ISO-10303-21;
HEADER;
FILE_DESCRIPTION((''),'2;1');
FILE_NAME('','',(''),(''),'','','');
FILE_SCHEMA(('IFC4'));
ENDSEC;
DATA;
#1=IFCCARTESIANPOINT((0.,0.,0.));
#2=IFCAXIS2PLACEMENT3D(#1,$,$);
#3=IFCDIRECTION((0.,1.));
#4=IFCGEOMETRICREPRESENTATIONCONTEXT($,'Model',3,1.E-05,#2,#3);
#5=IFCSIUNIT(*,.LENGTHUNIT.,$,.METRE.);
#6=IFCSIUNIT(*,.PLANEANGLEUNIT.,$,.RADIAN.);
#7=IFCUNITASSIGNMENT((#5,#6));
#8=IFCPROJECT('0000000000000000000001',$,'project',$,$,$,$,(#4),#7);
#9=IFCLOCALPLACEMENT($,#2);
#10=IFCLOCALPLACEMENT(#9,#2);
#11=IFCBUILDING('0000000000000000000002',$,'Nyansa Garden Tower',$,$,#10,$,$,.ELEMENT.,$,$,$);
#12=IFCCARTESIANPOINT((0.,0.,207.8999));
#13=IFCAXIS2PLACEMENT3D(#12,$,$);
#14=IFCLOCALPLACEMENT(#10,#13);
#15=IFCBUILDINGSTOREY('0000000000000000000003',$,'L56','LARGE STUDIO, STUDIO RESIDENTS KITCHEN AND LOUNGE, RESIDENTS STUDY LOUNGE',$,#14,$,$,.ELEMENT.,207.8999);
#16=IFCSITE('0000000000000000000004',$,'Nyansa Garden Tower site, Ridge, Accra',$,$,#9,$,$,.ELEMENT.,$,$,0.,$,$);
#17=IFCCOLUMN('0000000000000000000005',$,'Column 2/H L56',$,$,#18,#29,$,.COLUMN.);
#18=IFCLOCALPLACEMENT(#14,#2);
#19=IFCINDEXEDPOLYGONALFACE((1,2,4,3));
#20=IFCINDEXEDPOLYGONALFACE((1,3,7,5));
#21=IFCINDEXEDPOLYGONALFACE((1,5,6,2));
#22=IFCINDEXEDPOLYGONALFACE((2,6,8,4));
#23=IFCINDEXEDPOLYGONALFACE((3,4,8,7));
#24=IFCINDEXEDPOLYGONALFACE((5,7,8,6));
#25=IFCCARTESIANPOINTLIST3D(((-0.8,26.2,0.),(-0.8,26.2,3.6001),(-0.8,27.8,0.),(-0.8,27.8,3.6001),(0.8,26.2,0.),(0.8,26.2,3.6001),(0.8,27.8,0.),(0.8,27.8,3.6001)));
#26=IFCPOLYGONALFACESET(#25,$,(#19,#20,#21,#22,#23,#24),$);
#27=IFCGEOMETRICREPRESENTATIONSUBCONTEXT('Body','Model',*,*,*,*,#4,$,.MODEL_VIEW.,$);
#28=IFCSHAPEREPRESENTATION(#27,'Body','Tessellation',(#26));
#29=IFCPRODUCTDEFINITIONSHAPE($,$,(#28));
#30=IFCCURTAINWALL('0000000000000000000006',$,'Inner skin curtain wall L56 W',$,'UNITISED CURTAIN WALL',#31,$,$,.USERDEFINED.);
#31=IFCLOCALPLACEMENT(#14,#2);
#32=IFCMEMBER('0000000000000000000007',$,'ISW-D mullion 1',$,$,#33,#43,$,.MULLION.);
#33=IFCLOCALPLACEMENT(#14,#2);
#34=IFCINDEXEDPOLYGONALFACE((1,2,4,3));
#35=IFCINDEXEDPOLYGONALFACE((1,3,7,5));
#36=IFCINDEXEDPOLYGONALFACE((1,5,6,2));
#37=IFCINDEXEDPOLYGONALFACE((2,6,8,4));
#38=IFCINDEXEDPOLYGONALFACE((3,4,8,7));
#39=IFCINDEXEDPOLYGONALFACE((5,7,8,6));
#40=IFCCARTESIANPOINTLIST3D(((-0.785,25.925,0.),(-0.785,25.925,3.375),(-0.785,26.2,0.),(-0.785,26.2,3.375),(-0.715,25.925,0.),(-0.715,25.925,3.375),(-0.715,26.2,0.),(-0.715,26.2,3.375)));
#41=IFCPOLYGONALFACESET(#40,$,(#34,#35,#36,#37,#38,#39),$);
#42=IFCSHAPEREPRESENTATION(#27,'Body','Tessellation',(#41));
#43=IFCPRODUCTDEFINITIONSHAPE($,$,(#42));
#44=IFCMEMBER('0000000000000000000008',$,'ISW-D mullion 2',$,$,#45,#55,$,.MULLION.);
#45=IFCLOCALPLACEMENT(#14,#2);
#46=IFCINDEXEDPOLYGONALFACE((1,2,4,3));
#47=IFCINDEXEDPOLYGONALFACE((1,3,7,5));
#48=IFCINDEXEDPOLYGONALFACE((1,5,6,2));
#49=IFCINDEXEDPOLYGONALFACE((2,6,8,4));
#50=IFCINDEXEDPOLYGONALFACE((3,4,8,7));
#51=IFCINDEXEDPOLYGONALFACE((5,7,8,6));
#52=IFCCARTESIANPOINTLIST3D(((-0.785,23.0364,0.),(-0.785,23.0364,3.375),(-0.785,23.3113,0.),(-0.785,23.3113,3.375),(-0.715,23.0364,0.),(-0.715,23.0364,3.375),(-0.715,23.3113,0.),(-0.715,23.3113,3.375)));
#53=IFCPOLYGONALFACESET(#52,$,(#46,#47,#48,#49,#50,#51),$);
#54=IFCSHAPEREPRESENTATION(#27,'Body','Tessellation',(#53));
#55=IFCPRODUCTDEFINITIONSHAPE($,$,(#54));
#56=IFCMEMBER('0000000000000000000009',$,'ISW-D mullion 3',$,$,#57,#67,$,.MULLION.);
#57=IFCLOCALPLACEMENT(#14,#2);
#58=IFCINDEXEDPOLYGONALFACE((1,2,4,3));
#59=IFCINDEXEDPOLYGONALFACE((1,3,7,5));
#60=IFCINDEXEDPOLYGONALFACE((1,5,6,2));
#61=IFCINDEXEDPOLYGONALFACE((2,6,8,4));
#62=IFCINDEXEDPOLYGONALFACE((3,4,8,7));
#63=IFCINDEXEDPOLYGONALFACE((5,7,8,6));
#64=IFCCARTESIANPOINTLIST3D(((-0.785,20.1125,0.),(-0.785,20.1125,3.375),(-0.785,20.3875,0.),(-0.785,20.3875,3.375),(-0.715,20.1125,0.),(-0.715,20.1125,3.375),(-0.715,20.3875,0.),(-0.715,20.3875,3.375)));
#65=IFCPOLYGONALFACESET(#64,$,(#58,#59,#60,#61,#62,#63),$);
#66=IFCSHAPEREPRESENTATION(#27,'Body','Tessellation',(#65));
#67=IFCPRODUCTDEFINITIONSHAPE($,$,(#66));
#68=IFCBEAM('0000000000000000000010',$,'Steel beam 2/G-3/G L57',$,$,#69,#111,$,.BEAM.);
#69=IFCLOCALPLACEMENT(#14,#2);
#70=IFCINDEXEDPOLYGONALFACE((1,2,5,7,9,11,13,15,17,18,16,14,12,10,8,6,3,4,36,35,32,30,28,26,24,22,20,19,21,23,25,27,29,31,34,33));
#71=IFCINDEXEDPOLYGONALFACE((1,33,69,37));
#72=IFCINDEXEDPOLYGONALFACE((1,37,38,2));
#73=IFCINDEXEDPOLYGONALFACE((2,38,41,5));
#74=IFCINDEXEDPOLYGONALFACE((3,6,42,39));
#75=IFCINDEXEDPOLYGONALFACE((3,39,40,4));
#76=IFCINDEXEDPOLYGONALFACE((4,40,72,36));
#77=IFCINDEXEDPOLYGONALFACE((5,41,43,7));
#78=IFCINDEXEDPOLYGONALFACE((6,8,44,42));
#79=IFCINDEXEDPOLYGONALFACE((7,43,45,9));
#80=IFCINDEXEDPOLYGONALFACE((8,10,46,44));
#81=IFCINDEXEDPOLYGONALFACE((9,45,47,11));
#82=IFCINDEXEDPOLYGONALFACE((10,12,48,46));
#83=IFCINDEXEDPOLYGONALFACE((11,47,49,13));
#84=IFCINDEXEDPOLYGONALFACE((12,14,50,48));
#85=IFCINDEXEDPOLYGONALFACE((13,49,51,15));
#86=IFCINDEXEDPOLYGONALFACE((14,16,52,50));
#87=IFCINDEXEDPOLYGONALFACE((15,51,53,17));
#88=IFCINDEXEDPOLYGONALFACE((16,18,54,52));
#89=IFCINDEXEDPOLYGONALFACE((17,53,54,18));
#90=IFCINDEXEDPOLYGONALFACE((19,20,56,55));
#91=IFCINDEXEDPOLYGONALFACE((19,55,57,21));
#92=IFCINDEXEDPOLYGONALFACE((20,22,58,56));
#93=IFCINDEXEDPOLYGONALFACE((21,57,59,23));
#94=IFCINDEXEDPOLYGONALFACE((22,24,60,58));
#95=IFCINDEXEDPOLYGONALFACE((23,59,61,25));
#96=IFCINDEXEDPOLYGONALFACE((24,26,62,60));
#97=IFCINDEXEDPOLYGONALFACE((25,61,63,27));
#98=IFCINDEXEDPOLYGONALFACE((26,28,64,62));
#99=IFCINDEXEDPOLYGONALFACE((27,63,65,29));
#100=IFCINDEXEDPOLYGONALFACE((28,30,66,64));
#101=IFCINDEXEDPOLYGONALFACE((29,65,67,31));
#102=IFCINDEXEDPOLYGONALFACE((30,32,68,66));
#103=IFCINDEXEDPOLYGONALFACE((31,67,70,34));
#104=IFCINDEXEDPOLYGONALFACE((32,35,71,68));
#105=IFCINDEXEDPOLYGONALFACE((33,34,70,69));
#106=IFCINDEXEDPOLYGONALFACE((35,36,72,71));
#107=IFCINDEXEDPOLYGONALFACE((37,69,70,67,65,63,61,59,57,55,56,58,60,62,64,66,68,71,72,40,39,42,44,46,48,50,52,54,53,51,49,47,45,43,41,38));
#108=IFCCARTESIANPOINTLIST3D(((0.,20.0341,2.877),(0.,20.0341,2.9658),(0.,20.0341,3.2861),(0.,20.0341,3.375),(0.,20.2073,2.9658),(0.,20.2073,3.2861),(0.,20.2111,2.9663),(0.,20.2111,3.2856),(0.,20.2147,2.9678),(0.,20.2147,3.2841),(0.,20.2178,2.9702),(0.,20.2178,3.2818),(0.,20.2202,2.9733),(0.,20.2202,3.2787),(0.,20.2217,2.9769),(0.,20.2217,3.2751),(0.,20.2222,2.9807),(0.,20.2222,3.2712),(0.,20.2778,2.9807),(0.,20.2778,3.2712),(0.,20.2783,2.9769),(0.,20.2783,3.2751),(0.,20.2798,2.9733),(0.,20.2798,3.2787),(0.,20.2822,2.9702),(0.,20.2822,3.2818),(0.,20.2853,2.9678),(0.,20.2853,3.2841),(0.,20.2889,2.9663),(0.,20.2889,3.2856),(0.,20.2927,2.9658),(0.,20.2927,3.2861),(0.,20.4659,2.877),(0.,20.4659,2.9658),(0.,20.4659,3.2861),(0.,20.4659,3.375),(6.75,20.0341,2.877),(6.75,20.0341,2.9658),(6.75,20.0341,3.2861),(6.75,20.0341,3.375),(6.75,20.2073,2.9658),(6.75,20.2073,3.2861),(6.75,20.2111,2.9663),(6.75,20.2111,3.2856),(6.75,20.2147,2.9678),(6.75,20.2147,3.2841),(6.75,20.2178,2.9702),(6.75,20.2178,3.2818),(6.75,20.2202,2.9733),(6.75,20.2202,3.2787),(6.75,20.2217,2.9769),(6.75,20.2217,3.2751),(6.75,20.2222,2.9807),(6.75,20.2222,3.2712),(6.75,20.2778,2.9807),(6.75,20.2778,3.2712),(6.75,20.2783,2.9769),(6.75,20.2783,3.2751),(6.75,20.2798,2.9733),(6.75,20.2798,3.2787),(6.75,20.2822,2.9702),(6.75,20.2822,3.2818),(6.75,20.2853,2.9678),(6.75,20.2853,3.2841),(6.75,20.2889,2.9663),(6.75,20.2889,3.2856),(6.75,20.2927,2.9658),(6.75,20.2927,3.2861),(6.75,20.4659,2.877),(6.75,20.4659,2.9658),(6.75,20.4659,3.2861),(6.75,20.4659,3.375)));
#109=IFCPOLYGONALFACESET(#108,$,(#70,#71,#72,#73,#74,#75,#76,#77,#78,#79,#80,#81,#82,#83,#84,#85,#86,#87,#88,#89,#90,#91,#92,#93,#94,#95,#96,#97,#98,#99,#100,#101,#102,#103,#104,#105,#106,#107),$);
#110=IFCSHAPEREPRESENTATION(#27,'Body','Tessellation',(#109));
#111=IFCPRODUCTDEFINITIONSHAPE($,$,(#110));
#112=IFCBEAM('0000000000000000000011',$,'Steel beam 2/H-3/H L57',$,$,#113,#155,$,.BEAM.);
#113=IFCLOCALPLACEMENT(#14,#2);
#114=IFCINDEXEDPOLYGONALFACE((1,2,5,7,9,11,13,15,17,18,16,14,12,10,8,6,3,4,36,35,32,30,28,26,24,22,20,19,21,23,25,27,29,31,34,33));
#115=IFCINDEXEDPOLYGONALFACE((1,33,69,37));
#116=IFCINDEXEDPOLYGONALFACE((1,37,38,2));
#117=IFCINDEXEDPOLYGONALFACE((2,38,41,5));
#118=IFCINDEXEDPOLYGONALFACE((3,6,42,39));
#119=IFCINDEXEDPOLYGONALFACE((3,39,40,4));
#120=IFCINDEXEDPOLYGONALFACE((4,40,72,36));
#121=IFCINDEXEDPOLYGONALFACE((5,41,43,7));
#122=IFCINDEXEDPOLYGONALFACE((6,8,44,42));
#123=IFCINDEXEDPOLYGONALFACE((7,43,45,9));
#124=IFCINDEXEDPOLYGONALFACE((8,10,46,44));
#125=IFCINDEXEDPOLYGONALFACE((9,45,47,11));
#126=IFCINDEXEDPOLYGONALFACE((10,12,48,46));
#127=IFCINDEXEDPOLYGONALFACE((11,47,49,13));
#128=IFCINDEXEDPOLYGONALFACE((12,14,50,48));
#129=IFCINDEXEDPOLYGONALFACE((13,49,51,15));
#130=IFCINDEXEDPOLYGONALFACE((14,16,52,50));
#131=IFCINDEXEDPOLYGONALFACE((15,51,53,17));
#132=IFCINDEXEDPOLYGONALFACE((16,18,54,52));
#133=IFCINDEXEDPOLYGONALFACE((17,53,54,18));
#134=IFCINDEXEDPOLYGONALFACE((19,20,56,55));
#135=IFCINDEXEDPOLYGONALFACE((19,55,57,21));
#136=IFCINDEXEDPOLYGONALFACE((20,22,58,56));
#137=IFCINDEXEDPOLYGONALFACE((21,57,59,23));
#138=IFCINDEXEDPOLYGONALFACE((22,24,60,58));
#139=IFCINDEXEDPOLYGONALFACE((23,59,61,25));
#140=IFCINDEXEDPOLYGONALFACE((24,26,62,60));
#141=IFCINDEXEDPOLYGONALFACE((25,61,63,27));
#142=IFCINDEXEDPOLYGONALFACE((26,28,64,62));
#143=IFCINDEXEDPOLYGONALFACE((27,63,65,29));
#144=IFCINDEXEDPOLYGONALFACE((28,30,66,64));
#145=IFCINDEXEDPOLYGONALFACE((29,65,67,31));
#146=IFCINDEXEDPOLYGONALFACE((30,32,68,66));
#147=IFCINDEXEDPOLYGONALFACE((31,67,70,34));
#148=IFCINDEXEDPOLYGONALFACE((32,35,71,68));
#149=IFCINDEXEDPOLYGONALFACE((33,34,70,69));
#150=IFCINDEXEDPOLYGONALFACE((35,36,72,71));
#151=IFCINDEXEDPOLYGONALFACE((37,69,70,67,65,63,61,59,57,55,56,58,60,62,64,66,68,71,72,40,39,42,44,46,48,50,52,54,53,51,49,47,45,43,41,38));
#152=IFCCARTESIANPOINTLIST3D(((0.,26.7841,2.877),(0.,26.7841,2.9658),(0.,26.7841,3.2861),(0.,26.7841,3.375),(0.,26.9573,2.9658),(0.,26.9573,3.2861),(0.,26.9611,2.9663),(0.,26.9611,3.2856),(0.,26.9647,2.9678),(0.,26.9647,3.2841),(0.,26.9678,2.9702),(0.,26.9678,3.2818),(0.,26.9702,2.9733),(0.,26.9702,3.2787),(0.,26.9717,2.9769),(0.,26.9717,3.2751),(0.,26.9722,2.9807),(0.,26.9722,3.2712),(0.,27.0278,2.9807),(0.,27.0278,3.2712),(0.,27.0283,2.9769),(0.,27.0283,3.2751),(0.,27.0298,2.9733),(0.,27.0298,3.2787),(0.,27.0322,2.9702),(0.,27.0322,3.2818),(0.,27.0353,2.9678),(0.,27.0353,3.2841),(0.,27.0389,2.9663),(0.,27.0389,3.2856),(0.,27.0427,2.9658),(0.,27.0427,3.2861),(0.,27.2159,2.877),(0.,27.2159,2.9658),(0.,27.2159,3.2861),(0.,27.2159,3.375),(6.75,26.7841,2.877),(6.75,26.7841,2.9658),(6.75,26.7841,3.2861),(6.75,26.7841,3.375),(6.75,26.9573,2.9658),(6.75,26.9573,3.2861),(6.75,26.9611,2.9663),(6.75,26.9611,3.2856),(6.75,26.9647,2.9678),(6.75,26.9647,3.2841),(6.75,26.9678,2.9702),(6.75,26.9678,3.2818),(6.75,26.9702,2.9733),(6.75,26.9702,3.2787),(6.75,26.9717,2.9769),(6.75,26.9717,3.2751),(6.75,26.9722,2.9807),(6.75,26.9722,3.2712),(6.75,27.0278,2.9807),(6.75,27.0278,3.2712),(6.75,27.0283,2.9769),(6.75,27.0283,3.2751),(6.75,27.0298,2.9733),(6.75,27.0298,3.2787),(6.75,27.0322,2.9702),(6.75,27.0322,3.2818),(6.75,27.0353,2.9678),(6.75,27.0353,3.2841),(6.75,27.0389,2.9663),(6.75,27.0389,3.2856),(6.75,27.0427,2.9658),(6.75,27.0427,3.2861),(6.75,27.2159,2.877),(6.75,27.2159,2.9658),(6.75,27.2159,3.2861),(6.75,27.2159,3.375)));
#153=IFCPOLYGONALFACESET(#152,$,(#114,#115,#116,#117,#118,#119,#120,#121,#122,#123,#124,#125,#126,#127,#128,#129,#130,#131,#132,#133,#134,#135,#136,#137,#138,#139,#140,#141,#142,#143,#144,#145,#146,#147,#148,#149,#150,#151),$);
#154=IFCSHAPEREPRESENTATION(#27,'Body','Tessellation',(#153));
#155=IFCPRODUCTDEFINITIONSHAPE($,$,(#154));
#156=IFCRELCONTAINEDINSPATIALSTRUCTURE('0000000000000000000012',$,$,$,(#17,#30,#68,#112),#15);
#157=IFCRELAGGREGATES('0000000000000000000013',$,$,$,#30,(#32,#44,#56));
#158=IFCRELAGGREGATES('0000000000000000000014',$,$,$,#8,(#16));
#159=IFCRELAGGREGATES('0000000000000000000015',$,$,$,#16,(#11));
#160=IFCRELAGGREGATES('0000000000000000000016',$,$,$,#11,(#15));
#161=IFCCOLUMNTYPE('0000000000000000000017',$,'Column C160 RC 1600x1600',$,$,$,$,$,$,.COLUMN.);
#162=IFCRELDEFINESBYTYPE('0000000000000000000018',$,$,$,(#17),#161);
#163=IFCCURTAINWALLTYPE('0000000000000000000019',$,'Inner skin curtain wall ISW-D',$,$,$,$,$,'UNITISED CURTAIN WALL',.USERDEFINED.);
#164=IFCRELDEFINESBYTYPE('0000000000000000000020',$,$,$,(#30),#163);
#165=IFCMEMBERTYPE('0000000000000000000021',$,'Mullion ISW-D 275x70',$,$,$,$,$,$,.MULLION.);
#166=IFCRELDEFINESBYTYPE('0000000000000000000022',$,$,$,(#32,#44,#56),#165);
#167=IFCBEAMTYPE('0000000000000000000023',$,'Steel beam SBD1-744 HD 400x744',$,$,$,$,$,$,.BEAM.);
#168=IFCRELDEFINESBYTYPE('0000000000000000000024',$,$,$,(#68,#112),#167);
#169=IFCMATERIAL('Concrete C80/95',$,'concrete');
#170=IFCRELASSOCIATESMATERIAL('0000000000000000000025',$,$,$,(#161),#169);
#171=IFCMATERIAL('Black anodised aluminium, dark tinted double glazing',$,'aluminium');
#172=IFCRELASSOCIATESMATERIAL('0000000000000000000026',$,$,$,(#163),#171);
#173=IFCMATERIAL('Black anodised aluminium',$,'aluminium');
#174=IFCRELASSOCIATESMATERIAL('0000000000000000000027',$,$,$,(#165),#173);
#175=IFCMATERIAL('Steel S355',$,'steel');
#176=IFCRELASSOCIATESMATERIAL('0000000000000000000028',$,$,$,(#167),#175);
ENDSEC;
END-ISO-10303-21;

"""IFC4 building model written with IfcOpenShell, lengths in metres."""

from ifc_helpers import new_model, si_unit, direction, frame, origin, origin_2d, place, context, subcontext, project, spatial, rectangle, i_section, extrude, material, material_profile, profile_set, type_object, element, aggregate, save


model = new_model("IFC4")

# Units and contexts
model_context = context("Model", 3, precision=1e-05, world=origin(), true_north=direction((0.0, 1.0)))
body_context = subcontext(model_context, "Body", "Model", "MODEL_VIEW")
ifc_project = project(units=[si_unit("LENGTHUNIT", "METRE"), si_unit("PLANEANGLEUNIT", "RADIAN")], contexts=[model_context])

# Site, building, storey
site_placement = place(None, origin())
site = spatial("IfcSite", under=ifc_project, at=site_placement, Name="Nyansa Garden Tower site, Ridge, Accra", CompositionType="ELEMENT", RefElevation=0.0)
building_placement = place(site_placement, origin())
building = spatial("IfcBuilding", under=site, at=building_placement, Name="Nyansa Garden Tower", CompositionType="ELEMENT")
storey_placement = place(building_placement, frame((0.0, 0.0, 207.8999)))
storey = spatial("IfcBuildingStorey", under=building, at=storey_placement, Name="L56", Description="LARGE STUDIO, STUDIO RESIDENTS KITCHEN AND LOUNGE, RESIDENTS STUDY LOUNGE", CompositionType="ELEMENT", Elevation=207.8999)

# Column
ifc_material_1 = material(Name="Concrete C80/95", Category="concrete")
ifc_material_profile_1 = material_profile(ifc_material_1, rectangle(XDim=1.6001, YDim=1.6001, at=origin_2d()), Name="RC 1600x1600")
ifc_profile_set_1 = profile_set([ifc_material_profile_1], Name="Concrete C80/95")
column_type = type_object("IfcColumnType", Name="Column C160 RC 1600x1600", PredefinedType="COLUMN", material=ifc_profile_set_1)
column_placement = place(storey_placement, frame((0.0, 27.0, 0.0), z_axis=(0.0, 0.0, 1.0), x_axis=(1.0, 0.0, 0.0)))
element("IfcColumn", 1, at=column_placement, inside=storey, type_object=column_type, Name="Column 2/H L56", PredefinedType="COLUMN", context=body_context, shape_type="SweptSolid", body=[
    extrude(rectangle(XDim=1.6001, YDim=1.6001, at=origin_2d()), origin(), (0.0, 0.0, 1.0), 3.6001),
])

# Curtain wall, members
ifc_material_2 = material(Name="Black anodised aluminium, dark tinted double glazing", Category="aluminium")
curtain_wall_type = type_object("IfcCurtainWallType", Name="Inner skin curtain wall ISW-D", ElementType="UNITISED CURTAIN WALL", PredefinedType="USERDEFINED", material=ifc_material_2)
curtain_wall_placement = place(storey_placement, origin())
curtain_wall = element("IfcCurtainWall", 2, at=curtain_wall_placement, inside=storey, type_object=curtain_wall_type, Name="Inner skin curtain wall L56 W", ObjectType="UNITISED CURTAIN WALL", PredefinedType="USERDEFINED")
ifc_material_3 = material(Name="Black anodised aluminium", Category="aluminium")
ifc_material_profile_2 = material_profile(ifc_material_3, rectangle(XDim=0.0701, YDim=0.2749, at=origin_2d()), Name="Mullion 275x70")
ifc_profile_set_2 = profile_set([ifc_material_profile_2], Name="Black anodised aluminium")
member_type_1 = type_object("IfcMemberType", Name="Mullion ISW-D 275x70", PredefinedType="MULLION", material=ifc_profile_set_2)
member_1_placement = place(storey_placement, frame((-0.75, 26.0625, 0.0), z_axis=(0.0, 0.0, 1.0), x_axis=(1.0, 0.0, 0.0)))
member_1 = element("IfcMember", 3, at=member_1_placement, type_object=member_type_1, Name="ISW-D mullion 1", PredefinedType="MULLION", context=body_context, shape_type="SweptSolid", body=[
    extrude(rectangle(XDim=0.0701, YDim=0.2749, at=origin_2d()), origin(), (0.0, 0.0, 1.0), 3.375),
])
member_2_placement = place(storey_placement, frame((-0.75, 23.1738, 0.0), z_axis=(0.0, 0.0, 1.0), x_axis=(1.0, 0.0, 0.0)))
member_2 = element("IfcMember", 4, at=member_2_placement, type_object=member_type_1, Name="ISW-D mullion 2", PredefinedType="MULLION", context=body_context, shape_type="SweptSolid", body=[
    extrude(rectangle(XDim=0.0701, YDim=0.2749, at=origin_2d()), origin(), (0.0, 0.0, 1.0), 3.375),
])
member_3_placement = place(storey_placement, frame((-0.75, 20.25, 0.0), z_axis=(0.0, 0.0, 1.0), x_axis=(1.0, 0.0, 0.0)))
member_3 = element("IfcMember", 5, at=member_3_placement, type_object=member_type_1, Name="ISW-D mullion 3", PredefinedType="MULLION", context=body_context, shape_type="SweptSolid", body=[
    extrude(rectangle(XDim=0.0701, YDim=0.2749, at=origin_2d()), origin(), (0.0, 0.0, 1.0), 3.375),
])

# Beams
ifc_material_4 = material(Name="Steel S355", Category="steel")
ifc_material_profile_3 = material_profile(ifc_material_4, i_section(OverallWidth=0.4319, OverallDepth=0.498, WebThickness=0.0557, FlangeThickness=0.0889, FilletRadius=0.0149, at=origin_2d()), Name="HD 400x744")
ifc_profile_set_3 = profile_set([ifc_material_profile_3], Name="Steel S355")
beam_type_1 = type_object("IfcBeamType", Name="Steel beam SBD1-744 HD 400x744", PredefinedType="BEAM", material=ifc_profile_set_3)
for number, where, z_axis, x_axis, name in (
    (6, (0.0, 20.25, 3.126), (1.0, 0.0, 0.0), (0.0, 1.0, 0.0), "Steel beam 2/G-3/G L57"),
    (7, (0.0, 27.0, 3.126), (1.0, 0.0, 0.0), (0.0, 1.0, 0.0), "Steel beam 2/H-3/H L57"),
):
    element("IfcBeam", number, at=place(storey_placement, frame(where, z_axis=z_axis, x_axis=x_axis)), inside=storey, type_object=beam_type_1, Name=name, PredefinedType="BEAM", context=body_context, shape_type="SweptSolid", body=[
        extrude(i_section(OverallWidth=0.4319, OverallDepth=0.498, WebThickness=0.0557, FlangeThickness=0.0889, FilletRadius=0.0149, at=origin_2d()), origin(), (0.0, 0.0, 1.0), 6.75),
    ])

aggregate(curtain_wall, [member_1, member_2, member_3])

save(model, "model.ifc")
